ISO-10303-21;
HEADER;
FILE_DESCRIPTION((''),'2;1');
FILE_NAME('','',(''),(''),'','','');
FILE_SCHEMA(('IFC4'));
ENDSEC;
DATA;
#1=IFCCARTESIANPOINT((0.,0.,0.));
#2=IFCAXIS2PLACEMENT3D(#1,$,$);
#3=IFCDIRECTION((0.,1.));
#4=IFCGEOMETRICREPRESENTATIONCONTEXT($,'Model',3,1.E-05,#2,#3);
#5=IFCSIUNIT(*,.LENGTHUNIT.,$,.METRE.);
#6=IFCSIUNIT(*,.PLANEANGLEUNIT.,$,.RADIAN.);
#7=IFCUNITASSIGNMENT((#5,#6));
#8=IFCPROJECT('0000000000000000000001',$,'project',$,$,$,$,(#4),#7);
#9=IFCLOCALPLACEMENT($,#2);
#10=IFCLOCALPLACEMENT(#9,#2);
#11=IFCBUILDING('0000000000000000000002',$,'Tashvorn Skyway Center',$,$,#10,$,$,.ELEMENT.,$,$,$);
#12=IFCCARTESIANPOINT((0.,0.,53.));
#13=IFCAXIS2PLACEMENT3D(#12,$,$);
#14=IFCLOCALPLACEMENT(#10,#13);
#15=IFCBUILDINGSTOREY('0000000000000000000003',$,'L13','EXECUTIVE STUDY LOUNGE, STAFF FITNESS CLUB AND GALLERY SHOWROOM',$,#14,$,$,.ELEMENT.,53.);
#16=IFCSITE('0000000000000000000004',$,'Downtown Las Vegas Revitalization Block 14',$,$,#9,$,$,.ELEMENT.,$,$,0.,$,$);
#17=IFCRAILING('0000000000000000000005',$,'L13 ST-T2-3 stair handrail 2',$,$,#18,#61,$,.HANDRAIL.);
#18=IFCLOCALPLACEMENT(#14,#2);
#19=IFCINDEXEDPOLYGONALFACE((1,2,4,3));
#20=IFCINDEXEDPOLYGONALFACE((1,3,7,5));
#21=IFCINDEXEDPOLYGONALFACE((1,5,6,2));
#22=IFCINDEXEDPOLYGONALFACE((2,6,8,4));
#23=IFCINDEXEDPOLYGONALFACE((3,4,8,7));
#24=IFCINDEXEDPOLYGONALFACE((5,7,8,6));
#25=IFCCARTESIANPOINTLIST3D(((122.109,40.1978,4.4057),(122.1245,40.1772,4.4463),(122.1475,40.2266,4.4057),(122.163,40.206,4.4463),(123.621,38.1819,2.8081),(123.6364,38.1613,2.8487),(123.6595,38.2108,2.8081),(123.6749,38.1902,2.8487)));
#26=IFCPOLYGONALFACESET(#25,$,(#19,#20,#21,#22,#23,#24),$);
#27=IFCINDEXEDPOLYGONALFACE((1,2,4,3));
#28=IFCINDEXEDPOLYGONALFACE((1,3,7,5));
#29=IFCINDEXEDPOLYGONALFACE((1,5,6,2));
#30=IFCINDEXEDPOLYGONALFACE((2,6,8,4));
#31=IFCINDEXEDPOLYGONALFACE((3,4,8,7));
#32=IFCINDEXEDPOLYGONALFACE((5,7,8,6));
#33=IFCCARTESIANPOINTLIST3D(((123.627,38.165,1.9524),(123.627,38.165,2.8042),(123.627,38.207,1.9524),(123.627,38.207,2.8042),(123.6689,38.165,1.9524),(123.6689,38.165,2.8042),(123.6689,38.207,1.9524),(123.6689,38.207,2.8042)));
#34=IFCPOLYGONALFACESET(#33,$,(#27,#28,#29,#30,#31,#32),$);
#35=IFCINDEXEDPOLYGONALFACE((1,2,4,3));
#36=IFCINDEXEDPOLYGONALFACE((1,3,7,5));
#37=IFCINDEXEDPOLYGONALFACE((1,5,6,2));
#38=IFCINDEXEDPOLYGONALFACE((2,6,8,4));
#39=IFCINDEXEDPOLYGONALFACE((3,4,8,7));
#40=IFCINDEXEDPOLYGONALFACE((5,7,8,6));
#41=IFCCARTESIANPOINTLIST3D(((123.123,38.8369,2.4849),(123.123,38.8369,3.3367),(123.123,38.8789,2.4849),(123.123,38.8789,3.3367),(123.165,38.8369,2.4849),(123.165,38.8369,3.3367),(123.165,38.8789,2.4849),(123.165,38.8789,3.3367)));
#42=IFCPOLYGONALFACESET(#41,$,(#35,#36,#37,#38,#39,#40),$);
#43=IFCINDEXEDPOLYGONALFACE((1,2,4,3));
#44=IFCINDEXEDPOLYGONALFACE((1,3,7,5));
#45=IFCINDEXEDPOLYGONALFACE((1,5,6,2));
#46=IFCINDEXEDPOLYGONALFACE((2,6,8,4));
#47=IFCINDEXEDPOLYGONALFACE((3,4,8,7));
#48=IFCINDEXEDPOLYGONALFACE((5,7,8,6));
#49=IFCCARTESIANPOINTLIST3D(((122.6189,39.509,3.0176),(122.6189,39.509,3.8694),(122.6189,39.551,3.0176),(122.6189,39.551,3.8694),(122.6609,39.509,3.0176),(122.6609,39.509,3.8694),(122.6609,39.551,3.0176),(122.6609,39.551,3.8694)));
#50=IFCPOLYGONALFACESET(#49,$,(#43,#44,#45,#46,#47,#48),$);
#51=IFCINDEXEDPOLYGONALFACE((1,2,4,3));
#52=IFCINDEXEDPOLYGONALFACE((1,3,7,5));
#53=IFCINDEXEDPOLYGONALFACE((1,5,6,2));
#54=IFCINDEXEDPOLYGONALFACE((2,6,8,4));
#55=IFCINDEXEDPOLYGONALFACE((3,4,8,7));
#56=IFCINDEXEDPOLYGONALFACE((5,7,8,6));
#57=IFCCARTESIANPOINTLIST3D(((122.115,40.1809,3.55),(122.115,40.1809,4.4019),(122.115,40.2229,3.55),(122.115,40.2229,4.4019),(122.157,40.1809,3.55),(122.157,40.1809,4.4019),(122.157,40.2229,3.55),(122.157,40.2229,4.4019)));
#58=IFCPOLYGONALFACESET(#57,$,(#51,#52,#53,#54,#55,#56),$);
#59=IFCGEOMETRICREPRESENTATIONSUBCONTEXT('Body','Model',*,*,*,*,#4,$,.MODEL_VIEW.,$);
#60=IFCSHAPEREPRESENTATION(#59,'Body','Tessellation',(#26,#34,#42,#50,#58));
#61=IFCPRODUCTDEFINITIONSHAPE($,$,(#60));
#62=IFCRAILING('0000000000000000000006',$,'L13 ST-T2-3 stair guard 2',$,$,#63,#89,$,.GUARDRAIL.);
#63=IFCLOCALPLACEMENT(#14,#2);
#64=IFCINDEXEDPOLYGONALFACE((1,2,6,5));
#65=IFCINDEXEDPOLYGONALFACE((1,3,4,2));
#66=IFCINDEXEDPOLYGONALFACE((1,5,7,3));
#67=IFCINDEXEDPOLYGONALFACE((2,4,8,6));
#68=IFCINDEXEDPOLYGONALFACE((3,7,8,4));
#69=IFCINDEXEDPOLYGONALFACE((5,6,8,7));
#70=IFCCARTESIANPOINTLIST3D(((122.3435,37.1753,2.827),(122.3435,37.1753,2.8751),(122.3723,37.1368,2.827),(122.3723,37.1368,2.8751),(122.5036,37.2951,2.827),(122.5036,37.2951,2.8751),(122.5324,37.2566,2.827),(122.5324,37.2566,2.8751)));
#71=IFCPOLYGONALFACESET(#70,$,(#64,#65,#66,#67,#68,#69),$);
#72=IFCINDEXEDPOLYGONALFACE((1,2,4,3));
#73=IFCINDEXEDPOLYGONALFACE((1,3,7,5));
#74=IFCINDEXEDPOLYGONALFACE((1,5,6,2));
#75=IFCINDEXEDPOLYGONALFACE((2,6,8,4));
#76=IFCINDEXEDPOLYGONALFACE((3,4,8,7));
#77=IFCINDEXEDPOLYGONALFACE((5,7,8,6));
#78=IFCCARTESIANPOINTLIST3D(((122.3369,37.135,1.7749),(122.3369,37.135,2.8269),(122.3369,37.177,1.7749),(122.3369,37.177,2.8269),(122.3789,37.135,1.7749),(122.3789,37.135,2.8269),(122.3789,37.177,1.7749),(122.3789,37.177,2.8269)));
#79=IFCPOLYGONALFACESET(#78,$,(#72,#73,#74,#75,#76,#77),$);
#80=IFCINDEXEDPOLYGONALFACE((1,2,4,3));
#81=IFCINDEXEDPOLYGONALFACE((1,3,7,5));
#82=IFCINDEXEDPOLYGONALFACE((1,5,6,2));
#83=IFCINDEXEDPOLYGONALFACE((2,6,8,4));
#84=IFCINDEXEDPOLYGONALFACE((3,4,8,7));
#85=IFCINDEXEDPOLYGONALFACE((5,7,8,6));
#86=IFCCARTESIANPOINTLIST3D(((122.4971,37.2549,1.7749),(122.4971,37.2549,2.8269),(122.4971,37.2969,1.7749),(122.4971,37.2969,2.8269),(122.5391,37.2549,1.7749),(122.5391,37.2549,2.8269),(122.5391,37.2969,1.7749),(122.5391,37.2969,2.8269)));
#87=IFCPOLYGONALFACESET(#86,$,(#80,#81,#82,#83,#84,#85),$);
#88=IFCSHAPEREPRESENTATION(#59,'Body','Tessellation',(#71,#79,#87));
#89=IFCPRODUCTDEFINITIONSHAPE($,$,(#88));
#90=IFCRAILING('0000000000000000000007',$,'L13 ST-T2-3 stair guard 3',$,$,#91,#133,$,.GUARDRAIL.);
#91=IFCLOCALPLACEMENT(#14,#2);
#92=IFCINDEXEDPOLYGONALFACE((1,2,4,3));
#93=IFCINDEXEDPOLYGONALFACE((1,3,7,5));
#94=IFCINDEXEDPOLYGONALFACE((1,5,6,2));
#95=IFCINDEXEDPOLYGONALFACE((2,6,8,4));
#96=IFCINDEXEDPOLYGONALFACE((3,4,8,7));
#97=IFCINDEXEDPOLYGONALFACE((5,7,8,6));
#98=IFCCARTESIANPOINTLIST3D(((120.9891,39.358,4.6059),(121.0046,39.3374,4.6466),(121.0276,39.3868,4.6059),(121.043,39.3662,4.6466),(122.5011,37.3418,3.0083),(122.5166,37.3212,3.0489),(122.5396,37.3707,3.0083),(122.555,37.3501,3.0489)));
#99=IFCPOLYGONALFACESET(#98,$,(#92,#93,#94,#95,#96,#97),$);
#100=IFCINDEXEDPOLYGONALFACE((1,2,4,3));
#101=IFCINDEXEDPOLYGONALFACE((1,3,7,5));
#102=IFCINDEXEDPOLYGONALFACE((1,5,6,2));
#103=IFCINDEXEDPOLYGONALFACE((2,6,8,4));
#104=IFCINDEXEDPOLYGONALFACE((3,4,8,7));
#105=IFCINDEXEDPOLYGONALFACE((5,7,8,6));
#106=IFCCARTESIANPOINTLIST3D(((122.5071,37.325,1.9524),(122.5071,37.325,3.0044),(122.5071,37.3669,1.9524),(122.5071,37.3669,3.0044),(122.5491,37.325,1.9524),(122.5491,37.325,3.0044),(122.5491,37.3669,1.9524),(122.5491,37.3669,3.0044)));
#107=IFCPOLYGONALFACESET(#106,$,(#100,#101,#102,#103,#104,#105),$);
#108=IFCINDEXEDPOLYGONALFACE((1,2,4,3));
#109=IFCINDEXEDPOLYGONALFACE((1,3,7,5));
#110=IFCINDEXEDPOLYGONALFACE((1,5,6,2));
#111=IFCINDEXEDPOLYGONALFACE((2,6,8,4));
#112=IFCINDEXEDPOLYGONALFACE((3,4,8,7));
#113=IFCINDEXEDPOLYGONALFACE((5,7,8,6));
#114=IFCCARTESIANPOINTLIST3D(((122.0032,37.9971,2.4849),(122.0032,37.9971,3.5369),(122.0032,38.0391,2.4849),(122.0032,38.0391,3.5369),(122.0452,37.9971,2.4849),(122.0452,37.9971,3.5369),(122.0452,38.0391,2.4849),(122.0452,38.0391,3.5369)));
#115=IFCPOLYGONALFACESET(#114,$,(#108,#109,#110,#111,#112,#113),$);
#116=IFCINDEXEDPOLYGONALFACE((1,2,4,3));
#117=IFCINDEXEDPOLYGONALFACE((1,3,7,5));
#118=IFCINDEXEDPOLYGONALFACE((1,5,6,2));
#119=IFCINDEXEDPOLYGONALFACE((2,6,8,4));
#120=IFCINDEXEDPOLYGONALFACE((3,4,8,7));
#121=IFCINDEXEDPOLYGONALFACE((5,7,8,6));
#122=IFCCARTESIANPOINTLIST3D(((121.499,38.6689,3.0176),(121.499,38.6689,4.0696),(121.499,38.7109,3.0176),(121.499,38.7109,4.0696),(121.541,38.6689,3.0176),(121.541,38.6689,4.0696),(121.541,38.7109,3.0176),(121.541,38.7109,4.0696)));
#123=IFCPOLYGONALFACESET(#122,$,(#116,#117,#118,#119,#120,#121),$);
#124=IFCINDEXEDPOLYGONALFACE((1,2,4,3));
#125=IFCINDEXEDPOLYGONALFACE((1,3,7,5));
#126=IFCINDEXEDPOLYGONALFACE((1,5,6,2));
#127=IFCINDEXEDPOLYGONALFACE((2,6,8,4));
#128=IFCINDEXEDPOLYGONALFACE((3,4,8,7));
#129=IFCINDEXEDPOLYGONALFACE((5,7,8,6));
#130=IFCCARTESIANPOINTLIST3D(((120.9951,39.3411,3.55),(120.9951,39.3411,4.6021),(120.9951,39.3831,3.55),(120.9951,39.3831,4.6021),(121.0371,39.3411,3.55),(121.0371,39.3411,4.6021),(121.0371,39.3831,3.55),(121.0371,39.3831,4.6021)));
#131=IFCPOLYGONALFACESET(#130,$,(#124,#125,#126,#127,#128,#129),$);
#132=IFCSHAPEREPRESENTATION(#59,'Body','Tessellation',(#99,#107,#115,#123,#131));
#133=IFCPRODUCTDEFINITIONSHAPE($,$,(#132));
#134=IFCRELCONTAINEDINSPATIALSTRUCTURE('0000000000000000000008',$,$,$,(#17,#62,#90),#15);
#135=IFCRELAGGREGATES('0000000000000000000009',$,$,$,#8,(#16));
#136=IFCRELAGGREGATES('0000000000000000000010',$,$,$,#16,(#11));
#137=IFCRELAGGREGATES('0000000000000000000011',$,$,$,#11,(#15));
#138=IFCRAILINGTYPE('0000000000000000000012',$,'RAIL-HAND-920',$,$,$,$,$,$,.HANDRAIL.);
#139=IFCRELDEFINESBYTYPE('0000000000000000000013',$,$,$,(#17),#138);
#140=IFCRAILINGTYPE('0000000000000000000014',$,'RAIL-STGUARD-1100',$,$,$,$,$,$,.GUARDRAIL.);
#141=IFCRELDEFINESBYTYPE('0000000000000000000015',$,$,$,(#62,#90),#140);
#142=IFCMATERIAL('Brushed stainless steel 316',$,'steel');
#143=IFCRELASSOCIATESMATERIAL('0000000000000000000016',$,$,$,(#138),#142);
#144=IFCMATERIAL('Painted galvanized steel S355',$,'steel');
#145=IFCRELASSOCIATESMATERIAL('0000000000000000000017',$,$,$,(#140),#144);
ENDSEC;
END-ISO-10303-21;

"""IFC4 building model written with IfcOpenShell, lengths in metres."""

from ifc_helpers import new_model, si_unit, direction, frame, origin, origin_2d, place, context, subcontext, project, spatial, rectangle, extrude, material, type_object, element, save


model = new_model("IFC4")

# Units and contexts
model_context = context("Model", 3, precision=1e-05, world=origin(), true_north=direction((0.0, 1.0)))
body_context = subcontext(model_context, "Body", "Model", "MODEL_VIEW")
ifc_project = project(units=[si_unit("LENGTHUNIT", "METRE"), si_unit("PLANEANGLEUNIT", "RADIAN")], contexts=[model_context])

# Site, building, storey
site_placement = place(None, origin())
site = spatial("IfcSite", under=ifc_project, at=site_placement, Name="Downtown Las Vegas Revitalization Block 14", CompositionType="ELEMENT", RefElevation=0.0)
building_placement = place(site_placement, origin())
building = spatial("IfcBuilding", under=site, at=building_placement, Name="Tashvorn Skyway Center", CompositionType="ELEMENT")
storey_placement = place(building_placement, frame((0.0, 0.0, 53.0)))
storey = spatial("IfcBuildingStorey", under=building, at=storey_placement, Name="L13", Description="EXECUTIVE STUDY LOUNGE, STAFF FITNESS CLUB AND GALLERY SHOWROOM", CompositionType="ELEMENT", Elevation=53.0)

# Railings
ifc_material_1 = material(Name="Brushed stainless steel 316", Category="steel")
railing_type_1 = type_object("IfcRailingType", Name="RAIL-HAND-920", PredefinedType="HANDRAIL", material=ifc_material_1)
railing_1_placement = place(storey_placement, frame((123.6479, 38.186, 1.9524)))
element("IfcRailing", 1, at=railing_1_placement, inside=storey, type_object=railing_type_1, Name="L13 ST-T2-3 stair handrail 2", PredefinedType="HANDRAIL", context=body_context, shape_type="SweptSolid", body=[
    extrude(rectangle(XDim=0.0481, YDim=0.0481, at=origin_2d()), frame((0.0, 0.0, 0.876), z_axis=(-0.506747, 0.675635, 0.535467), x_axis=(-0.799988, -0.600016, 0.0)), (0.0, 0.0, 1.0), 2.9836),
    extrude(rectangle(XDim=0.042, YDim=0.042, at=origin_2d()), origin(), (0.0, 0.0, 1.0), 0.8518),
    extrude(rectangle(XDim=0.042, YDim=0.042, at=origin_2d()), frame((-0.5039, 0.6719, 0.5325)), (0.0, 0.0, 1.0), 0.8518),
    extrude(rectangle(XDim=0.042, YDim=0.042, at=origin_2d()), frame((-1.0081, 1.344, 1.0652)), (0.0, 0.0, 1.0), 0.8518),
    extrude(rectangle(XDim=0.042, YDim=0.042, at=origin_2d()), frame((-1.512, 2.0159, 1.5977)), (0.0, 0.0, 1.0), 0.8518),
])
ifc_material_2 = material(Name="Painted galvanized steel S355", Category="steel")
railing_type_2 = type_object("IfcRailingType", Name="RAIL-STGUARD-1100", PredefinedType="GUARDRAIL", material=ifc_material_2)
railing_2_placement = place(storey_placement, frame((122.3579, 37.156, 1.7749)))
element("IfcRailing", 2, at=railing_2_placement, inside=storey, type_object=railing_type_2, Name="L13 ST-T2-3 stair guard 2", PredefinedType="GUARDRAIL", context=body_context, shape_type="SweptSolid", body=[
    extrude(rectangle(XDim=0.0481, YDim=0.0481, at=origin_2d()), frame((0.0, 0.0, 1.0762), z_axis=(0.800585, 0.599219, 0.0), x_axis=(-0.599219, 0.800585, 0.0)), (0.0, 0.0, 1.0), 0.2),
    extrude(rectangle(XDim=0.042, YDim=0.042, at=origin_2d()), origin(), (0.0, 0.0, 1.0), 1.052),
    extrude(rectangle(XDim=0.042, YDim=0.042, at=origin_2d()), frame((0.1602, 0.1199, 0.0)), (0.0, 0.0, 1.0), 1.052),
])
railing_3_placement = place(storey_placement, frame((122.5281, 37.3459, 1.9524)))
element("IfcRailing", 3, at=railing_3_placement, inside=storey, type_object=railing_type_2, Name="L13 ST-T2-3 stair guard 3", PredefinedType="GUARDRAIL", context=body_context, shape_type="SweptSolid", body=[
    extrude(rectangle(XDim=0.0481, YDim=0.0481, at=origin_2d()), frame((0.0, 0.0, 1.0762), z_axis=(-0.506719, 0.675679, 0.535438), x_axis=(-0.800023, -0.599969, 0.0)), (0.0, 0.0, 1.0), 2.9839),
    extrude(rectangle(XDim=0.042, YDim=0.042, at=origin_2d()), origin(), (0.0, 0.0, 1.0), 1.052),
    extrude(rectangle(XDim=0.042, YDim=0.042, at=origin_2d()), frame((-0.5039, 0.6721, 0.5325)), (0.0, 0.0, 1.0), 1.052),
    extrude(rectangle(XDim=0.042, YDim=0.042, at=origin_2d()), frame((-1.0081, 1.344, 1.0652)), (0.0, 0.0, 1.0), 1.052),
    extrude(rectangle(XDim=0.042, YDim=0.042, at=origin_2d()), frame((-1.512, 2.0161, 1.5977)), (0.0, 0.0, 1.0), 1.052),
])

save(model, "model.ifc")
